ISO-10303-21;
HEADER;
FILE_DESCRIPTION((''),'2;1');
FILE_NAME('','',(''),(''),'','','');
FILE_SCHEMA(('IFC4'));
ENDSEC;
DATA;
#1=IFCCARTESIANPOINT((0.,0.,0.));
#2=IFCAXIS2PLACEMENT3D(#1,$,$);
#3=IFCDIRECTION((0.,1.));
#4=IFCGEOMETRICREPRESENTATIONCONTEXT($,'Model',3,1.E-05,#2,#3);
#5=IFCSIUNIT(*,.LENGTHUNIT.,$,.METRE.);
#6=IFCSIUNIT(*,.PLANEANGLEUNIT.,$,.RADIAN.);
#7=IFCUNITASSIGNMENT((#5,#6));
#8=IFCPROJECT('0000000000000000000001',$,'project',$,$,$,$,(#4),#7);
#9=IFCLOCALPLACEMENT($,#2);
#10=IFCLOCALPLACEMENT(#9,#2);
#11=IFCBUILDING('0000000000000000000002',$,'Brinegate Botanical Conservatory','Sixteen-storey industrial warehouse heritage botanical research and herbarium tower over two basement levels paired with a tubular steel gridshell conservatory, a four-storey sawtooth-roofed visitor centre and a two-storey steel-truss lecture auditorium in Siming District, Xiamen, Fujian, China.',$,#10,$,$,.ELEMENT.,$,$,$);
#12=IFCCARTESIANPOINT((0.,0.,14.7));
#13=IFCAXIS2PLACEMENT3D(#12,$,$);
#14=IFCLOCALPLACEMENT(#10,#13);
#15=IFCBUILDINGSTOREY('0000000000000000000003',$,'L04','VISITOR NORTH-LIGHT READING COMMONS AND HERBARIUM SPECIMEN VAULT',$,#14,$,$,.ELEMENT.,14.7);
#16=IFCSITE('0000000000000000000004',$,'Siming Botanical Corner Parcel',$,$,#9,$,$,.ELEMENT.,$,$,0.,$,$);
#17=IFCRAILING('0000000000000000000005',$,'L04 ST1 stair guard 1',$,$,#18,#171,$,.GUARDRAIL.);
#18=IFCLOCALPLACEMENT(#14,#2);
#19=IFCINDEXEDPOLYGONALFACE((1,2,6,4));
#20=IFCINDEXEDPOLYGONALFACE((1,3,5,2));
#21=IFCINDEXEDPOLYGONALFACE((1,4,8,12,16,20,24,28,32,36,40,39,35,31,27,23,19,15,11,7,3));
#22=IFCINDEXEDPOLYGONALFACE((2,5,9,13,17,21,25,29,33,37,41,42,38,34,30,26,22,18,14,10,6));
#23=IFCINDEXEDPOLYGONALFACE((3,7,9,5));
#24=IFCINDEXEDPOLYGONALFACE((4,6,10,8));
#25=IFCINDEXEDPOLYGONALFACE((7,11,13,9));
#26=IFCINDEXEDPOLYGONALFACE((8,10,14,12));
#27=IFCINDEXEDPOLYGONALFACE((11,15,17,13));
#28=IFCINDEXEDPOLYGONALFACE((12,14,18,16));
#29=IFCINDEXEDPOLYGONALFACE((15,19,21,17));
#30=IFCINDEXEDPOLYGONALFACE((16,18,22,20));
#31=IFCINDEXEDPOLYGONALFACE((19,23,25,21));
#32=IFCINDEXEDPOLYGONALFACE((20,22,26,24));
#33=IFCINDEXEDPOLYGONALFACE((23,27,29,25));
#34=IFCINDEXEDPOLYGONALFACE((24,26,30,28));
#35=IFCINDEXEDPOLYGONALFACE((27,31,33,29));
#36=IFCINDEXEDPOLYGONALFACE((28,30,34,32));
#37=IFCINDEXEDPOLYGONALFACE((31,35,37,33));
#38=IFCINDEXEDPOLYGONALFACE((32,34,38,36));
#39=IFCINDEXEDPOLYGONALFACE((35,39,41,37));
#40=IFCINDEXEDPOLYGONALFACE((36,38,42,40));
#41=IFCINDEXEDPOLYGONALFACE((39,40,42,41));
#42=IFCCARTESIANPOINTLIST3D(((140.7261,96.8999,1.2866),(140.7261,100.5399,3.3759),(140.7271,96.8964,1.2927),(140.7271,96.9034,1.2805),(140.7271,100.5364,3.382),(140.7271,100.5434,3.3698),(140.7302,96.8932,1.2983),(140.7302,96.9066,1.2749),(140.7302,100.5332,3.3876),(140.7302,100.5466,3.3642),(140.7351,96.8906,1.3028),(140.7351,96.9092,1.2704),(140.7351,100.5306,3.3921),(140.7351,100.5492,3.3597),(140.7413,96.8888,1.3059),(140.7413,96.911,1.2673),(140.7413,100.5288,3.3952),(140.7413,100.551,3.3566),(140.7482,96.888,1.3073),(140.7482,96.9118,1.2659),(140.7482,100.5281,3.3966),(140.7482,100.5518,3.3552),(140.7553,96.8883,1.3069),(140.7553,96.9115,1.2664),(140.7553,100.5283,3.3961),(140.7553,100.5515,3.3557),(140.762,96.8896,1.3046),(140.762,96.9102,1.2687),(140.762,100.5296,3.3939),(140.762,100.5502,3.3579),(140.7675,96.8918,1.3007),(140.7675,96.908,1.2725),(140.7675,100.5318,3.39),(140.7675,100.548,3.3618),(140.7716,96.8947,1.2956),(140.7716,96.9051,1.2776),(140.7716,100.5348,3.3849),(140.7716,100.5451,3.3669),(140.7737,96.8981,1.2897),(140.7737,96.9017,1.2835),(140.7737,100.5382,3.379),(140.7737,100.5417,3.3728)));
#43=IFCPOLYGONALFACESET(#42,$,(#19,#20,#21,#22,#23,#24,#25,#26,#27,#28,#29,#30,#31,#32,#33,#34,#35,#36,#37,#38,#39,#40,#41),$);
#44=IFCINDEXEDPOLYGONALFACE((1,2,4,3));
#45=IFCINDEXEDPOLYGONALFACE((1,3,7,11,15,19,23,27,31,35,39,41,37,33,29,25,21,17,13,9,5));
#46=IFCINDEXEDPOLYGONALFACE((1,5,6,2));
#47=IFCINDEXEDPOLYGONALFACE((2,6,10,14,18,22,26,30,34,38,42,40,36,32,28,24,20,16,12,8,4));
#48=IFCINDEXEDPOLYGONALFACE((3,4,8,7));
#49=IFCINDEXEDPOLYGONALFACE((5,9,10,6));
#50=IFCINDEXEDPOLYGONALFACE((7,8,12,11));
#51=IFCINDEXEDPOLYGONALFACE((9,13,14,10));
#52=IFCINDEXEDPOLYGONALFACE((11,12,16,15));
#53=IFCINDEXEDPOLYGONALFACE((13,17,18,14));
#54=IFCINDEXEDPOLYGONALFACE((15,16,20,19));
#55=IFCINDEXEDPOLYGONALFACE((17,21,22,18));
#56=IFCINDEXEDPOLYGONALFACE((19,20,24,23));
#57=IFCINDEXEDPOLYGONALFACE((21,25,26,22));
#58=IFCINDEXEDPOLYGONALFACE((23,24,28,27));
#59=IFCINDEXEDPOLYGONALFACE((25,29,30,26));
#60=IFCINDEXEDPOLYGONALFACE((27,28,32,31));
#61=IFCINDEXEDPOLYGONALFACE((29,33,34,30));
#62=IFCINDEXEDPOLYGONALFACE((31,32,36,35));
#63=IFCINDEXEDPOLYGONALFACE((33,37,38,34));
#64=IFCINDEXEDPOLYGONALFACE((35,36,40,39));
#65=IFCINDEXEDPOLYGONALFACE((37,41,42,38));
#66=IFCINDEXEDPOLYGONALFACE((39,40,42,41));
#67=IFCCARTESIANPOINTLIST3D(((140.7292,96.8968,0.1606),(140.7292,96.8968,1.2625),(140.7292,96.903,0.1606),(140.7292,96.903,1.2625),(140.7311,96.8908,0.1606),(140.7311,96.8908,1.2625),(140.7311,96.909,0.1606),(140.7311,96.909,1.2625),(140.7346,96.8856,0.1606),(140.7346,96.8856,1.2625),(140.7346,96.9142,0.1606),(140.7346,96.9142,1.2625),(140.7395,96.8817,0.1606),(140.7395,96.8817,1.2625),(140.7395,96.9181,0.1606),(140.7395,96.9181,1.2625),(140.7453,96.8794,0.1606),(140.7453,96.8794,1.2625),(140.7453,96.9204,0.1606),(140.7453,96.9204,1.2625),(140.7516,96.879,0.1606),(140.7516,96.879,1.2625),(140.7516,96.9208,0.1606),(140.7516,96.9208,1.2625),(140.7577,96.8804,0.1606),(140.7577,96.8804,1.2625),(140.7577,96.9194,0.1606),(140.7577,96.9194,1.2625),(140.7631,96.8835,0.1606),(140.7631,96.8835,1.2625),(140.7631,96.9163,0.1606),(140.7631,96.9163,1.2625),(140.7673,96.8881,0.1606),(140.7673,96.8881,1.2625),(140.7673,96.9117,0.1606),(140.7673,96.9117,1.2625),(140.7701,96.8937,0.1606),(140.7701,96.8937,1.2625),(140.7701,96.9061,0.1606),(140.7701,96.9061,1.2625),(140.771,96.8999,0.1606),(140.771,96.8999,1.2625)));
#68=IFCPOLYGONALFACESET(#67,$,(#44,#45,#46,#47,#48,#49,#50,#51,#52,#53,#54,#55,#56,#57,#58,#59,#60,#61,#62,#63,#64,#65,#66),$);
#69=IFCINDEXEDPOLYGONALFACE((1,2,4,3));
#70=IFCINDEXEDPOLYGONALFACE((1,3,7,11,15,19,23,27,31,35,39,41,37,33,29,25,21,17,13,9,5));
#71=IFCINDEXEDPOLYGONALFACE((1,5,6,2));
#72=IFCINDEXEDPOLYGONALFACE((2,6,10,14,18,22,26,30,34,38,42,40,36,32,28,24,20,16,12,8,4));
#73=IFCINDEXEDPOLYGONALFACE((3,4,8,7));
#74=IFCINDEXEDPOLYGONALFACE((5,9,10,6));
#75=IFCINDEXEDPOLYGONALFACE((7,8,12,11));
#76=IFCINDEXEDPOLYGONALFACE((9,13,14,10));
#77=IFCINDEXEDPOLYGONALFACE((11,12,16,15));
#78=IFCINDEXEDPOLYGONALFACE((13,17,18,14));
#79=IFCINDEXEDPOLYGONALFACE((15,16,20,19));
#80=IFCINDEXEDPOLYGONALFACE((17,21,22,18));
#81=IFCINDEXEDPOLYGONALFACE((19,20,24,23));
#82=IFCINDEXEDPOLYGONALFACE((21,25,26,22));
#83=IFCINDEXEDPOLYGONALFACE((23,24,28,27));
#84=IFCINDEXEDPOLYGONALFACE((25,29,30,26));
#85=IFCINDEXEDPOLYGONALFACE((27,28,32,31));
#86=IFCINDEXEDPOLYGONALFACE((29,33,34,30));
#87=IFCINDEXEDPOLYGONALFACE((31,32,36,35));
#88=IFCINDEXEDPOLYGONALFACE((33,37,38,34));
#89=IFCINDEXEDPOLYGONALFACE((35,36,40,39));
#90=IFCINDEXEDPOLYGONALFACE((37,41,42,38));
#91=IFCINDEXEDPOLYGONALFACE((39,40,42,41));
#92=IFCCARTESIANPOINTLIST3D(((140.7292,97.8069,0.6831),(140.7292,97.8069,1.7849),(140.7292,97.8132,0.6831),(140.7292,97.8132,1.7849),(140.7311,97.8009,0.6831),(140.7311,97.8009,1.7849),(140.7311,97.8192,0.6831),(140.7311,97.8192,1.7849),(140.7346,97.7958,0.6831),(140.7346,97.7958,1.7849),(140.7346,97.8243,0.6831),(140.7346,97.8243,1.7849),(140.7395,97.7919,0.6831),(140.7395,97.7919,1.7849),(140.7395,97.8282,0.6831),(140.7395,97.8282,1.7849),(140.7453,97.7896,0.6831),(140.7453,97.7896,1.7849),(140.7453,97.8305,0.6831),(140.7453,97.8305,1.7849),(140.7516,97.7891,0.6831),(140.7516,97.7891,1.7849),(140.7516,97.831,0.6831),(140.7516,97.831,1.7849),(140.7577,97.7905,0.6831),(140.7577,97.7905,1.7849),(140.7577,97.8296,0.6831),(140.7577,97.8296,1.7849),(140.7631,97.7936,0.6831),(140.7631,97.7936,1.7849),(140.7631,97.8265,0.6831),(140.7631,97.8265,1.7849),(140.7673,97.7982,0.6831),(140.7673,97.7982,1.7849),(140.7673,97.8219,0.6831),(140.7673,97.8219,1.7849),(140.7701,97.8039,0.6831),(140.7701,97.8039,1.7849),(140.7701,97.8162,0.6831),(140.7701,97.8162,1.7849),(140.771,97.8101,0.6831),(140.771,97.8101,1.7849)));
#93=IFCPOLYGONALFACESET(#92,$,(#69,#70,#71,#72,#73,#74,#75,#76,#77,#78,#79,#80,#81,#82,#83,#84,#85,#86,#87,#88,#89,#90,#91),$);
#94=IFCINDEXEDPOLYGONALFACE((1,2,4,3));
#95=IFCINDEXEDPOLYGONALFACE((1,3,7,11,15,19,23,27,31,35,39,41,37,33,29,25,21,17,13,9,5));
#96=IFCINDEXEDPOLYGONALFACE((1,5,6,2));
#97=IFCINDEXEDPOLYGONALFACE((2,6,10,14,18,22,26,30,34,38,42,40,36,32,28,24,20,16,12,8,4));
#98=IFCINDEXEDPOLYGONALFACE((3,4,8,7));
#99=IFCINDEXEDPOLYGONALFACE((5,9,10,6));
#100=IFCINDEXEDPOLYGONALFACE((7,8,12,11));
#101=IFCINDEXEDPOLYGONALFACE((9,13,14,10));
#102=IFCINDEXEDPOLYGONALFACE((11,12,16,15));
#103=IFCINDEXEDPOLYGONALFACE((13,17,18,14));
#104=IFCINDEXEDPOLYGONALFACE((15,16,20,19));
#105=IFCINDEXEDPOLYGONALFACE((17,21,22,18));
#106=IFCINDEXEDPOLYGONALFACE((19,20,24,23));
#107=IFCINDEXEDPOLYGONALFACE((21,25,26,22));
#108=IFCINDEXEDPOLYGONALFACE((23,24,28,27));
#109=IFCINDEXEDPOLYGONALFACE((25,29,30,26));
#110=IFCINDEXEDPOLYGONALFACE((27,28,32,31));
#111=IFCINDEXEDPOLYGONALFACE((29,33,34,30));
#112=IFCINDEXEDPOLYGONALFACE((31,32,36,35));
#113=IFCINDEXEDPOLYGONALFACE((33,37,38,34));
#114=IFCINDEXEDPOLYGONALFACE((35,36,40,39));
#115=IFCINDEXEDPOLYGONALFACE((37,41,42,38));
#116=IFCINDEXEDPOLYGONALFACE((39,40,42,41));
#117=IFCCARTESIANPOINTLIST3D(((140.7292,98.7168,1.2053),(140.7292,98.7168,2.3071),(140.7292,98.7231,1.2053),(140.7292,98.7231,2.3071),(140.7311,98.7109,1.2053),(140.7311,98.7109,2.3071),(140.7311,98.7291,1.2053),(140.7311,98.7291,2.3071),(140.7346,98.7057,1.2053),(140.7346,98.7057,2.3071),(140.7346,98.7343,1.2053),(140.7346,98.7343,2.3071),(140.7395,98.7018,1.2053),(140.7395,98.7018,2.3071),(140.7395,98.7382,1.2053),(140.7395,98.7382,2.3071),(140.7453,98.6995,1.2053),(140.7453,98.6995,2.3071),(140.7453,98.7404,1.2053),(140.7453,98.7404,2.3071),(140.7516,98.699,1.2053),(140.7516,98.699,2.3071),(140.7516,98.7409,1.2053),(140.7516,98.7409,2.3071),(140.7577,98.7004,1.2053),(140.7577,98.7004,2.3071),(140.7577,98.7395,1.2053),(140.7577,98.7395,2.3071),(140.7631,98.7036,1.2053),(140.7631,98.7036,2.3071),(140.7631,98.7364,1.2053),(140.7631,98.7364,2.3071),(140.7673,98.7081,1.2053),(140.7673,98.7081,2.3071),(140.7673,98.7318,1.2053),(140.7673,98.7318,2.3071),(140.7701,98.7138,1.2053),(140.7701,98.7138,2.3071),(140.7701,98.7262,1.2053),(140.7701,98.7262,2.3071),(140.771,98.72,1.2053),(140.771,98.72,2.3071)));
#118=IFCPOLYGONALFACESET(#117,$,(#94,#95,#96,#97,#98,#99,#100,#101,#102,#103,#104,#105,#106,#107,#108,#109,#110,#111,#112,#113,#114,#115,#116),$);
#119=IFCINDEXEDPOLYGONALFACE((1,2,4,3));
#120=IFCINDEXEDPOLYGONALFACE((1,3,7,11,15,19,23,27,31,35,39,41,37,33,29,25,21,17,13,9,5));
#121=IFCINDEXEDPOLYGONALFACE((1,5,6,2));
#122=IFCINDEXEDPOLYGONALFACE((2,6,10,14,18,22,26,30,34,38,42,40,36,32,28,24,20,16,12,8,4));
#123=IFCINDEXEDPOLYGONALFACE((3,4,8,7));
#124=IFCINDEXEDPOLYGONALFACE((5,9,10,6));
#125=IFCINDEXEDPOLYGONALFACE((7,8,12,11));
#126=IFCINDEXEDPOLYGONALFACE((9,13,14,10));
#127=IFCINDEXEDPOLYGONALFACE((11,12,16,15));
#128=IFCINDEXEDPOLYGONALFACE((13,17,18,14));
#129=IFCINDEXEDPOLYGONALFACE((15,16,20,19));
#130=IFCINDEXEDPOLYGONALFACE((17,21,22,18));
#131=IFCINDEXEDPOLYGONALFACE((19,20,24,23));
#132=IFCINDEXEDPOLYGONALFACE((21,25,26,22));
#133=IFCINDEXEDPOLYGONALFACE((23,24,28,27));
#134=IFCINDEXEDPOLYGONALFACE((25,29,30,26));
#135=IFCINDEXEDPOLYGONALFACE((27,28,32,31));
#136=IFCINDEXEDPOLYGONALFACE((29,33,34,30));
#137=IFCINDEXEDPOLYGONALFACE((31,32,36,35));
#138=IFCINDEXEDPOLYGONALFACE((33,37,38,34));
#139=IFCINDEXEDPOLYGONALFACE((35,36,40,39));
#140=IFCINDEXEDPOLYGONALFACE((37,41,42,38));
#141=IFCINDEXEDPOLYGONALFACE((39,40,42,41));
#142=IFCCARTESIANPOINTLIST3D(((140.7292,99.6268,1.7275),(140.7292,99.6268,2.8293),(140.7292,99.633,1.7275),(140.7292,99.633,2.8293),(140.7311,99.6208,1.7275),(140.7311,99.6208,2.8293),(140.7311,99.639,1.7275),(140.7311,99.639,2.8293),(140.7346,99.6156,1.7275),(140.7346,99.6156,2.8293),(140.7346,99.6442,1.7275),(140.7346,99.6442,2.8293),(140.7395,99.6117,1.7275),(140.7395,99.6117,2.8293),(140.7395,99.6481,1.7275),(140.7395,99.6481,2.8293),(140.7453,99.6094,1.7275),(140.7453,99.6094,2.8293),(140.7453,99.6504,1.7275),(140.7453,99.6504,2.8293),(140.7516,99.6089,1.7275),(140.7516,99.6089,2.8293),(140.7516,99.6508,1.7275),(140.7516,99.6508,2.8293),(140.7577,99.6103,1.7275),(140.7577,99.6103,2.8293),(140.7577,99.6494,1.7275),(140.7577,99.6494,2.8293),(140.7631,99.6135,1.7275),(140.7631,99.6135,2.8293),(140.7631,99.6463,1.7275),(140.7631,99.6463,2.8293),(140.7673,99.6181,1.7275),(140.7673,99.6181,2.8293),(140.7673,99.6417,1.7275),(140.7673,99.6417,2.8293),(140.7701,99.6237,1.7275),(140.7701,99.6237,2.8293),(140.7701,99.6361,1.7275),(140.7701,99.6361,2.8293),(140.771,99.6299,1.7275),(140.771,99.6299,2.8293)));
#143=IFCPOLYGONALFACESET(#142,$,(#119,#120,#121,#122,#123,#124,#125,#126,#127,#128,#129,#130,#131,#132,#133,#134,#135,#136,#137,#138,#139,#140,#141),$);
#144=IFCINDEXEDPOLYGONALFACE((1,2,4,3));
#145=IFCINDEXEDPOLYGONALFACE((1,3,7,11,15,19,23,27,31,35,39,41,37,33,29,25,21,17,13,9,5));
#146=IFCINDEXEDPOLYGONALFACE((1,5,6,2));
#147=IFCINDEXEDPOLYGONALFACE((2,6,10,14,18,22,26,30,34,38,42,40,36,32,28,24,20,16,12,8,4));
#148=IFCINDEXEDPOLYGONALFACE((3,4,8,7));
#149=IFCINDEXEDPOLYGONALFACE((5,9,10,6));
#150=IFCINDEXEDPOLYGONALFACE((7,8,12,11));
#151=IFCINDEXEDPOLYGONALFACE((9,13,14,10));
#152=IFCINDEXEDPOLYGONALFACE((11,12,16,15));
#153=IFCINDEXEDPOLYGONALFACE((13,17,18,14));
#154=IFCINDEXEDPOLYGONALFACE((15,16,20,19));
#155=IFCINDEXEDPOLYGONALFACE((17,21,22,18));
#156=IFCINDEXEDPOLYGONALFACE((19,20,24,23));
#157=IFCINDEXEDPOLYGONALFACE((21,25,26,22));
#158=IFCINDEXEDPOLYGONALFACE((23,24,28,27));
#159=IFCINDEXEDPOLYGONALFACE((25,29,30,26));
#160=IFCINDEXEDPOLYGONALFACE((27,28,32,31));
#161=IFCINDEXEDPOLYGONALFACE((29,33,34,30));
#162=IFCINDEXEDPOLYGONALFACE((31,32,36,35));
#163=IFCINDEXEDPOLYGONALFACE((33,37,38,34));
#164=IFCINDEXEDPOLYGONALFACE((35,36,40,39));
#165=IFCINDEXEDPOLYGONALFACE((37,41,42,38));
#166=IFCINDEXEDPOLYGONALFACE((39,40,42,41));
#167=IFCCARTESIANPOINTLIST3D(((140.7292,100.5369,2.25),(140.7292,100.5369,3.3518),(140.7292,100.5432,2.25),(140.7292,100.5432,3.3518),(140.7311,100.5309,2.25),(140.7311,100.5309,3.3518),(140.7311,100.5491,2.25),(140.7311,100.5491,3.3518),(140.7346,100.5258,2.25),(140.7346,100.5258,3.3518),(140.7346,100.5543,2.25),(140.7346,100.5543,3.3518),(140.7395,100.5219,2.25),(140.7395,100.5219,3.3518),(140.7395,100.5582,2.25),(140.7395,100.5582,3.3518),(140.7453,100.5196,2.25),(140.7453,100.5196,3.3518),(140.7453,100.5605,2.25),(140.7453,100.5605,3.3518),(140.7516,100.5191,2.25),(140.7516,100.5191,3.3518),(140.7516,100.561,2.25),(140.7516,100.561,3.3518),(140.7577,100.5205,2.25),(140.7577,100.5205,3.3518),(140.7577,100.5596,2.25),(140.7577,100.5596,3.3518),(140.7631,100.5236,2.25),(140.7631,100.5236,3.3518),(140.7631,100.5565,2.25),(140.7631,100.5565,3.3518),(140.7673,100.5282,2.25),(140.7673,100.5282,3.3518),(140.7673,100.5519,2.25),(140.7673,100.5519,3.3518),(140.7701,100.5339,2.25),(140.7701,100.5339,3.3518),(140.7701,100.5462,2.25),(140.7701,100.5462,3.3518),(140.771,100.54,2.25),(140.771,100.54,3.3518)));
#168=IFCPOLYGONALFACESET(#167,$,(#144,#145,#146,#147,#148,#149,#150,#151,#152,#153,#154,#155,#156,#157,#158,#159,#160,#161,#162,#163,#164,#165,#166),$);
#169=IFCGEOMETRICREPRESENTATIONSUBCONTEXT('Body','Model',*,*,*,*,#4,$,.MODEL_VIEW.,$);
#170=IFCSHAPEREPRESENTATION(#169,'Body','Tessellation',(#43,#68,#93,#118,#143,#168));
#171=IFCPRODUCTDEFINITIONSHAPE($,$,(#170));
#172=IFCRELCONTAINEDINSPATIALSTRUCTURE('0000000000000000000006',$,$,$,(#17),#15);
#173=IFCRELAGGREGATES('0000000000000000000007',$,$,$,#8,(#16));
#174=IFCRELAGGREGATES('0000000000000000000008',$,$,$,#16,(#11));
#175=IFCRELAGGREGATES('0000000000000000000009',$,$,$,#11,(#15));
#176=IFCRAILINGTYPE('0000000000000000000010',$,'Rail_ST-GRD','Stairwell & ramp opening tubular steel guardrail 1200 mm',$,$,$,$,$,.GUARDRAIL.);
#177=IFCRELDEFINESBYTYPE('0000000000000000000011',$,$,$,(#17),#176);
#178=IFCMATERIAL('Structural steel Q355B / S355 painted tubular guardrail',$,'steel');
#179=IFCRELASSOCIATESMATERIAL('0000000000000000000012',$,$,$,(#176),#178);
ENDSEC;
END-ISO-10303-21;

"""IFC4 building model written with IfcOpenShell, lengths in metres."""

from ifc_helpers import new_model, si_unit, direction, frame, origin, origin_2d, place, context, subcontext, project, spatial, circle, extrude, material, type_object, element, save


model = new_model("IFC4")

# Units and contexts
model_context = context("Model", 3, precision=1e-05, world=origin(), true_north=direction((0.0, 1.0)))
body_context = subcontext(model_context, "Body", "Model", "MODEL_VIEW")
ifc_project = project(units=[si_unit("LENGTHUNIT", "METRE"), si_unit("PLANEANGLEUNIT", "RADIAN")], contexts=[model_context])

# Site, building, storey
site_placement = place(None, origin())
site = spatial("IfcSite", under=ifc_project, at=site_placement, Name="Siming Botanical Corner Parcel", CompositionType="ELEMENT", RefElevation=0.0)
building_placement = place(site_placement, origin())
building = spatial("IfcBuilding", under=site, at=building_placement, Name="Brinegate Botanical Conservatory", Description="Sixteen-storey industrial warehouse heritage botanical research and herbarium tower over two basement levels paired with a tubular steel gridshell conservatory, a four-storey sawtooth-roofed visitor centre and a two-storey steel-truss lecture auditorium in Siming District, Xiamen, Fujian, China.", CompositionType="ELEMENT")
storey_placement = place(building_placement, frame((0.0, 0.0, 14.7)))
storey = spatial("IfcBuildingStorey", under=building, at=storey_placement, Name="L04", Description="VISITOR NORTH-LIGHT READING COMMONS AND HERBARIUM SPECIMEN VAULT", CompositionType="ELEMENT", Elevation=14.7)

# Railing
ifc_material_1 = material(Name="Structural steel Q355B / S355 painted tubular guardrail", Category="steel")
railing_type_1 = type_object("IfcRailingType", Name="Rail_ST-GRD", Description="Stairwell & ramp opening tubular steel guardrail 1200 mm", PredefinedType="GUARDRAIL", material=ifc_material_1)
railing_1_placement = place(storey_placement, frame((140.75, 96.8999, 0.1606)))
element("IfcRailing", 1, at=railing_1_placement, inside=storey, type_object=railing_type_1, Name="L04 ST1 stair guard 1", PredefinedType="GUARDRAIL", context=body_context, shape_type="SweptSolid", body=[
    extrude(circle(Radius=0.0239, at=origin_2d()), frame((0.0, 0.0, 1.126), z_axis=(0.0, 0.867289, 0.497804), x_axis=(-1.0, 0.0, 0.0)), (0.0, 0.0, 1.0), 4.197),
    extrude(circle(Radius=0.021, at=origin_2d()), origin(), (0.0, 0.0, 1.0), 1.1018),
    extrude(circle(Radius=0.021, at=origin_2d()), frame((0.0, 0.9102, 0.5225)), (0.0, 0.0, 1.0), 1.1018),
    extrude(circle(Radius=0.021, at=origin_2d()), frame((0.0, 1.8201, 1.0447)), (0.0, 0.0, 1.0), 1.1018),
    extrude(circle(Radius=0.021, at=origin_2d()), frame((0.0, 2.73, 1.5669)), (0.0, 0.0, 1.0), 1.1018),
    extrude(circle(Radius=0.021, at=origin_2d()), frame((0.0, 3.6401, 2.0894)), (0.0, 0.0, 1.0), 1.1018),
])

save(model, "model.ifc")
